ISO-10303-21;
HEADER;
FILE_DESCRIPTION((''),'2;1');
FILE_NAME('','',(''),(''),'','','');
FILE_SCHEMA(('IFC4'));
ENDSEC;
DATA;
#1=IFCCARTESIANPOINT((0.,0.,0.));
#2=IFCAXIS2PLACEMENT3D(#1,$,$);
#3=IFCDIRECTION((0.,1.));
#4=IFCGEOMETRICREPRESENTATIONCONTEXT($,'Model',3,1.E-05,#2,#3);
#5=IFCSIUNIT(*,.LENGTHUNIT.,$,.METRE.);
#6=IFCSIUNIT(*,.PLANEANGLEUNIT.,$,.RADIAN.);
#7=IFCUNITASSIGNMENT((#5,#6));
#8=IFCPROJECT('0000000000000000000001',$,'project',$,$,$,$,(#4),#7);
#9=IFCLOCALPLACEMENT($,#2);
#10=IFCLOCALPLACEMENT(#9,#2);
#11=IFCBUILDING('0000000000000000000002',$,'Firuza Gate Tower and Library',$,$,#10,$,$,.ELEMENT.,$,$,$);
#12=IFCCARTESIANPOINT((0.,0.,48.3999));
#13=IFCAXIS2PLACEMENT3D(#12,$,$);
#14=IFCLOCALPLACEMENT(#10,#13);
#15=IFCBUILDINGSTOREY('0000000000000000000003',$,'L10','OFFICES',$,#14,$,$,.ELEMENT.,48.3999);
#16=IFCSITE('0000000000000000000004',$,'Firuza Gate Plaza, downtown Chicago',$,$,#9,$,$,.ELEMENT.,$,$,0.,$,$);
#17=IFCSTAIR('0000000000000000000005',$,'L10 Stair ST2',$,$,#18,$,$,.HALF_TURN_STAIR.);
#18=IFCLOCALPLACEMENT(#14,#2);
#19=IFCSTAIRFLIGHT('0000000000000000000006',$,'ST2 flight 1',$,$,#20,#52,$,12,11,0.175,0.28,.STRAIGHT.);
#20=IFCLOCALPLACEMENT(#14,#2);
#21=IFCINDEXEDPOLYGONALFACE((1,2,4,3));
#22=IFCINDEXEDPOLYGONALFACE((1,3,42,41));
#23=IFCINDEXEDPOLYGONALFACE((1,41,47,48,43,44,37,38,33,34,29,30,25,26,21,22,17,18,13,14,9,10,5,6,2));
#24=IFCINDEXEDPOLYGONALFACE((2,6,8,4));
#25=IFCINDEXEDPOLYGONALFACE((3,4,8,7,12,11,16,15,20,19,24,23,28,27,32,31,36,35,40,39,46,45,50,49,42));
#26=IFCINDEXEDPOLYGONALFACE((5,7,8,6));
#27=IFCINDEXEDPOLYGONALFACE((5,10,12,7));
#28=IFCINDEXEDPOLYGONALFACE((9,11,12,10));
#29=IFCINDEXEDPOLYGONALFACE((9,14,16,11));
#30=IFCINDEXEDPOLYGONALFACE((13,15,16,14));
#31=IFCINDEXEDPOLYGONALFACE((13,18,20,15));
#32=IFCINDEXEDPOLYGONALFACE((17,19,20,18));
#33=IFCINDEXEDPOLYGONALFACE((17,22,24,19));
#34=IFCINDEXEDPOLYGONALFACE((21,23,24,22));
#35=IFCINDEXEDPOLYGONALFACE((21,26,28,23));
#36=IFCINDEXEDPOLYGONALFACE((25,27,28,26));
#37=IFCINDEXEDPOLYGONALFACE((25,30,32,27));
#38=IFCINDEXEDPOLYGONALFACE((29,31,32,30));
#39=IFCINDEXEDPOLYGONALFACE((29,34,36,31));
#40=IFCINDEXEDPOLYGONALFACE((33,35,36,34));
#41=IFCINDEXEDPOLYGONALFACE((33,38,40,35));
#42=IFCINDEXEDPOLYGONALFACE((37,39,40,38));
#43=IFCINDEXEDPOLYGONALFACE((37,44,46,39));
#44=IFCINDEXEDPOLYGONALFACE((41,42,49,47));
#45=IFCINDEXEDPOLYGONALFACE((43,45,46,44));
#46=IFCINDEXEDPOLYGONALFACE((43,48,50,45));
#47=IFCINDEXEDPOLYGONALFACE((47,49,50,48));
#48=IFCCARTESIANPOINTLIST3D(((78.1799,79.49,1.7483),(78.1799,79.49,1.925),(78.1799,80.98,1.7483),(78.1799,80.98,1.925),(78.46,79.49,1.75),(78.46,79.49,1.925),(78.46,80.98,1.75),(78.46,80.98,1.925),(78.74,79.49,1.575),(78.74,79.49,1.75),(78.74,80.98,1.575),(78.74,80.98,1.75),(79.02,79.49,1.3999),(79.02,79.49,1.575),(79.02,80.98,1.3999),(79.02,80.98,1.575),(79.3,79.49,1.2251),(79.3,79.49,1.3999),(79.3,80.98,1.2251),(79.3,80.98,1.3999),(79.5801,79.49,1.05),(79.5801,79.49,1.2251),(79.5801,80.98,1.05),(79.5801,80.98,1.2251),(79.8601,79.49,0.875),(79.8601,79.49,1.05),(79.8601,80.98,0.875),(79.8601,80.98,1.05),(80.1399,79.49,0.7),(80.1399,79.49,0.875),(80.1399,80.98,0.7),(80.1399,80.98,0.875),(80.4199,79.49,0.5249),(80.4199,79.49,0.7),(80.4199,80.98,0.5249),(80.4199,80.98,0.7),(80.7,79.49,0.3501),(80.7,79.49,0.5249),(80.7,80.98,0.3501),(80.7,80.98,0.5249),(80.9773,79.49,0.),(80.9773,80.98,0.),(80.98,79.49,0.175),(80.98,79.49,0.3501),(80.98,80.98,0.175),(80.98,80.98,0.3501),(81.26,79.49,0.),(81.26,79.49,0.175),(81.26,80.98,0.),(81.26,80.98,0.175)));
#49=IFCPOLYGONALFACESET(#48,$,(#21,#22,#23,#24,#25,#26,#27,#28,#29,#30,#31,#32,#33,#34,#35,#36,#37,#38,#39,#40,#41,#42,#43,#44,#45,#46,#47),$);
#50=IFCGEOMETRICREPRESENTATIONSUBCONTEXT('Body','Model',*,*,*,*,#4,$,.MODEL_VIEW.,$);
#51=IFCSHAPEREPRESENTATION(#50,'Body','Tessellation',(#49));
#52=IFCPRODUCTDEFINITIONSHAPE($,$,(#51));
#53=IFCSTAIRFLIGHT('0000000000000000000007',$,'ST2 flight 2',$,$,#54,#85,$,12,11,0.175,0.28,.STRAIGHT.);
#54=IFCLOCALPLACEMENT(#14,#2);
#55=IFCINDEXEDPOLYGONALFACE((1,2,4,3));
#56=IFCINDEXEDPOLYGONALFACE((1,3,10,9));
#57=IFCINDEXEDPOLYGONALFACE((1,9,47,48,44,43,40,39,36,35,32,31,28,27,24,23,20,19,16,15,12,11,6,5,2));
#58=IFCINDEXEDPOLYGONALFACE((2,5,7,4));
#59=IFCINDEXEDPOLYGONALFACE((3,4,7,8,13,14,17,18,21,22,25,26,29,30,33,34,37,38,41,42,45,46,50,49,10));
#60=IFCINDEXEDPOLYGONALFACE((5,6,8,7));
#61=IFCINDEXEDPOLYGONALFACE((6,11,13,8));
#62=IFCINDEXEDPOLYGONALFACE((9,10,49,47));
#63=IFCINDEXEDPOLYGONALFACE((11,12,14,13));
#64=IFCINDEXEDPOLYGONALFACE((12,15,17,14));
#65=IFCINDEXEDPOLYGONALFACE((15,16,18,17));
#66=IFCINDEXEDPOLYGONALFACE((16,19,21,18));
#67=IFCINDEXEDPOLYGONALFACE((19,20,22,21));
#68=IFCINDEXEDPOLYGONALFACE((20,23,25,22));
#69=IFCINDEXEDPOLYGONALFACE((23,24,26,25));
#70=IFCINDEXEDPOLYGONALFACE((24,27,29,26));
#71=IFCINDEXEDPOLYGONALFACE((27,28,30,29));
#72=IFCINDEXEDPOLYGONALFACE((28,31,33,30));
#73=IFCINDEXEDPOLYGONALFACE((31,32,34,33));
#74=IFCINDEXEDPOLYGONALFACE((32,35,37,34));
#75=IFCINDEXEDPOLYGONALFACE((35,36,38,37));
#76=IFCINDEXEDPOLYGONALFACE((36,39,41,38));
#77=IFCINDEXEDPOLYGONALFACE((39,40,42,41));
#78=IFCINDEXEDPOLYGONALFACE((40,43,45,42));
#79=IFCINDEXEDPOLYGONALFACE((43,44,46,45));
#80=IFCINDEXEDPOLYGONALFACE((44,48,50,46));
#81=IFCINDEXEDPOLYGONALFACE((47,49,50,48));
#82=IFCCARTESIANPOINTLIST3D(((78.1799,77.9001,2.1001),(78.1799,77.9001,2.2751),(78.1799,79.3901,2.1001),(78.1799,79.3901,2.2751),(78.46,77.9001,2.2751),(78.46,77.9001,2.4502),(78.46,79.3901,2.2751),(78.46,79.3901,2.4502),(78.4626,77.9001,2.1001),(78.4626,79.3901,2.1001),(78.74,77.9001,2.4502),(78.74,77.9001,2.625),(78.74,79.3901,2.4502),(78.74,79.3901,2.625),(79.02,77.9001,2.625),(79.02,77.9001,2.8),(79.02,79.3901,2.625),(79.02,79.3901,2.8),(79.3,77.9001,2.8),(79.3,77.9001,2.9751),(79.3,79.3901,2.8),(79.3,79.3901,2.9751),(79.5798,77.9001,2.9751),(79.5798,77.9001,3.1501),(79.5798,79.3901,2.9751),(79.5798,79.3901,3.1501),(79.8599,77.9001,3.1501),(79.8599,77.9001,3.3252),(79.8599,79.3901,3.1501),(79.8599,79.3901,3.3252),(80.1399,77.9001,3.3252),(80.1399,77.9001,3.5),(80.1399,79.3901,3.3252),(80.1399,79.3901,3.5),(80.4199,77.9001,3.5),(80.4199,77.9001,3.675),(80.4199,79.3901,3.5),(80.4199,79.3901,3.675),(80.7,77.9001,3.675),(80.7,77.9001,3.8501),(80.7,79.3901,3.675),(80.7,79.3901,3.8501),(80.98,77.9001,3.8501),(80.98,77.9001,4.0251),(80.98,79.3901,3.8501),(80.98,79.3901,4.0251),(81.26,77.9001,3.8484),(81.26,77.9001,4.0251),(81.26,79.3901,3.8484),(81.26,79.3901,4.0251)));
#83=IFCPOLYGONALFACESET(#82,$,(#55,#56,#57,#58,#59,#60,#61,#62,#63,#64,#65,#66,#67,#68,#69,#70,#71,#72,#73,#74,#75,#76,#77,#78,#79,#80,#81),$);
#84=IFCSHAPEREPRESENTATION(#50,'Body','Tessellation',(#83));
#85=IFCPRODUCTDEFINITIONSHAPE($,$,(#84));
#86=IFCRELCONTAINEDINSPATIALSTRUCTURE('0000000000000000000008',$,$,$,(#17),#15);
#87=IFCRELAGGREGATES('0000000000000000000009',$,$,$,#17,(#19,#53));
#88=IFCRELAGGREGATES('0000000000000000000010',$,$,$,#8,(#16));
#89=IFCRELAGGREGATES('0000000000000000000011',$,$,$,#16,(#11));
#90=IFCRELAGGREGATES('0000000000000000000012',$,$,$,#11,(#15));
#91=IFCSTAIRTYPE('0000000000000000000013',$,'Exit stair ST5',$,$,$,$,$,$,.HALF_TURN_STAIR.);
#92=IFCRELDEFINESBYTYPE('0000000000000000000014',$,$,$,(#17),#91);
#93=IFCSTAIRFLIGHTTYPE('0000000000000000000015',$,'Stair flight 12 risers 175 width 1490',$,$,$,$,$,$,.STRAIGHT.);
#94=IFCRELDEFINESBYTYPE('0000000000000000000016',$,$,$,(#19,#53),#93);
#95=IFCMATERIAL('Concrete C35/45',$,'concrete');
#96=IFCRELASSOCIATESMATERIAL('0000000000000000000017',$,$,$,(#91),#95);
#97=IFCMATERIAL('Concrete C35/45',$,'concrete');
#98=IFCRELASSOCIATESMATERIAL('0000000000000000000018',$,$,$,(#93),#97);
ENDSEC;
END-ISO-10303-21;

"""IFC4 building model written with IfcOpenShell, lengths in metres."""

from ifc_helpers import new_model, si_unit, direction, frame, origin, place, context, subcontext, project, spatial, polyline, outline, extrude, material, type_object, element, aggregate, save


model = new_model("IFC4")

# Units and contexts
model_context = context("Model", 3, precision=1e-05, world=origin(), true_north=direction((0.0, 1.0)))
body_context = subcontext(model_context, "Body", "Model", "MODEL_VIEW")
ifc_project = project(units=[si_unit("LENGTHUNIT", "METRE"), si_unit("PLANEANGLEUNIT", "RADIAN")], contexts=[model_context])

# Site, building, storey
site_placement = place(None, origin())
site = spatial("IfcSite", under=ifc_project, at=site_placement, Name="Firuza Gate Plaza, downtown Chicago", CompositionType="ELEMENT", RefElevation=0.0)
building_placement = place(site_placement, origin())
building = spatial("IfcBuilding", under=site, at=building_placement, Name="Firuza Gate Tower and Library", CompositionType="ELEMENT")
storey_placement = place(building_placement, frame((0.0, 0.0, 48.3999)))
storey = spatial("IfcBuildingStorey", under=building, at=storey_placement, Name="L10", Description="OFFICES", CompositionType="ELEMENT", Elevation=48.3999)

# Stair, stair flights
ifc_material_1 = material(Name="Concrete C35/45", Category="concrete")
stair_type = type_object("IfcStairType", Name="Exit stair ST5", PredefinedType="HALF_TURN_STAIR", material=ifc_material_1)
stair_placement = place(storey_placement, origin())
stair = element("IfcStair", 1, at=stair_placement, inside=storey, type_object=stair_type, Name="L10 Stair ST2", PredefinedType="HALF_TURN_STAIR")
ifc_material_2 = material(Name="Concrete C35/45", Category="concrete")
stair_flight_type = type_object("IfcStairFlightType", Name="Stair flight 12 risers 175 width 1490", PredefinedType="STRAIGHT", material=ifc_material_2)
stair_flight_1_placement = place(storey_placement, frame((81.26, 80.2351, 0.0), z_axis=(0.0, 0.0, 1.0), x_axis=(-1.0, 0.0, 0.0)))
stair_flight_1 = element("IfcStairFlight", 2, at=stair_flight_1_placement, type_object=stair_flight_type, Name="ST2 flight 1", NumberOfRisers=12, NumberOfTreads=11, PredefinedType="STRAIGHT", RiserHeight=0.175, TreadLength=0.28, context=body_context, shape_type="SweptSolid", body=[
    extrude(outline(polyline([(0.0, 0.0), (0.0, 0.175), (0.28, 0.175), (0.28, 0.3501), (0.5601, 0.3501), (0.5601, 0.5249), (0.8401, 0.5249), (0.8401, 0.7), (1.1201, 0.7), (1.1201, 0.875), (1.3999, 0.875), (1.3999, 1.05), (1.6799, 1.05), (1.6799, 1.2251), (1.96, 1.2251), (1.96, 1.3999), (2.24, 1.3999), (2.24, 1.575), (2.52, 1.575), (2.52, 1.75), (2.8, 1.75), (2.8, 1.925), (3.0801, 1.925), (3.0801, 2.1001), (3.0801, 1.7483), (0.2827, 0.0), (0.0, 0.0)])), frame((0.0, 0.7451, 0.0), z_axis=(0.0, -1.0, 0.0), x_axis=(1.0, 0.0, 0.0)), (0.0, 0.0, 1.0), 1.49),
])
stair_flight_2_placement = place(storey_placement, frame((78.1799, 78.645, 2.1001), z_axis=(0.0, 0.0, 1.0), x_axis=(1.0, 0.0, 0.0)))
stair_flight_2 = element("IfcStairFlight", 3, at=stair_flight_2_placement, type_object=stair_flight_type, Name="ST2 flight 2", NumberOfRisers=12, NumberOfTreads=11, PredefinedType="STRAIGHT", RiserHeight=0.175, TreadLength=0.28, context=body_context, shape_type="SweptSolid", body=[
    extrude(outline(polyline([(0.0, 0.0), (0.0, 0.175), (0.28, 0.175), (0.28, 0.3501), (0.5601, 0.3501), (0.5601, 0.5249), (0.8401, 0.5249), (0.8401, 0.7), (1.1201, 0.7), (1.1201, 0.875), (1.3999, 0.875), (1.3999, 1.05), (1.6799, 1.05), (1.6799, 1.2251), (1.96, 1.2251), (1.96, 1.3999), (2.24, 1.3999), (2.24, 1.575), (2.52, 1.575), (2.52, 1.75), (2.8, 1.75), (2.8, 1.925), (3.0801, 1.925), (3.0801, 2.1001), (3.0801, 1.7483), (0.2827, 0.0), (0.0, 0.0)])), frame((0.0, 0.7451, 0.0), z_axis=(0.0, -1.0, 0.0), x_axis=(1.0, 0.0, 0.0)), (0.0, 0.0, 1.0), 1.49),
])
aggregate(stair, [stair_flight_1, stair_flight_2])

save(model, "model.ifc")
